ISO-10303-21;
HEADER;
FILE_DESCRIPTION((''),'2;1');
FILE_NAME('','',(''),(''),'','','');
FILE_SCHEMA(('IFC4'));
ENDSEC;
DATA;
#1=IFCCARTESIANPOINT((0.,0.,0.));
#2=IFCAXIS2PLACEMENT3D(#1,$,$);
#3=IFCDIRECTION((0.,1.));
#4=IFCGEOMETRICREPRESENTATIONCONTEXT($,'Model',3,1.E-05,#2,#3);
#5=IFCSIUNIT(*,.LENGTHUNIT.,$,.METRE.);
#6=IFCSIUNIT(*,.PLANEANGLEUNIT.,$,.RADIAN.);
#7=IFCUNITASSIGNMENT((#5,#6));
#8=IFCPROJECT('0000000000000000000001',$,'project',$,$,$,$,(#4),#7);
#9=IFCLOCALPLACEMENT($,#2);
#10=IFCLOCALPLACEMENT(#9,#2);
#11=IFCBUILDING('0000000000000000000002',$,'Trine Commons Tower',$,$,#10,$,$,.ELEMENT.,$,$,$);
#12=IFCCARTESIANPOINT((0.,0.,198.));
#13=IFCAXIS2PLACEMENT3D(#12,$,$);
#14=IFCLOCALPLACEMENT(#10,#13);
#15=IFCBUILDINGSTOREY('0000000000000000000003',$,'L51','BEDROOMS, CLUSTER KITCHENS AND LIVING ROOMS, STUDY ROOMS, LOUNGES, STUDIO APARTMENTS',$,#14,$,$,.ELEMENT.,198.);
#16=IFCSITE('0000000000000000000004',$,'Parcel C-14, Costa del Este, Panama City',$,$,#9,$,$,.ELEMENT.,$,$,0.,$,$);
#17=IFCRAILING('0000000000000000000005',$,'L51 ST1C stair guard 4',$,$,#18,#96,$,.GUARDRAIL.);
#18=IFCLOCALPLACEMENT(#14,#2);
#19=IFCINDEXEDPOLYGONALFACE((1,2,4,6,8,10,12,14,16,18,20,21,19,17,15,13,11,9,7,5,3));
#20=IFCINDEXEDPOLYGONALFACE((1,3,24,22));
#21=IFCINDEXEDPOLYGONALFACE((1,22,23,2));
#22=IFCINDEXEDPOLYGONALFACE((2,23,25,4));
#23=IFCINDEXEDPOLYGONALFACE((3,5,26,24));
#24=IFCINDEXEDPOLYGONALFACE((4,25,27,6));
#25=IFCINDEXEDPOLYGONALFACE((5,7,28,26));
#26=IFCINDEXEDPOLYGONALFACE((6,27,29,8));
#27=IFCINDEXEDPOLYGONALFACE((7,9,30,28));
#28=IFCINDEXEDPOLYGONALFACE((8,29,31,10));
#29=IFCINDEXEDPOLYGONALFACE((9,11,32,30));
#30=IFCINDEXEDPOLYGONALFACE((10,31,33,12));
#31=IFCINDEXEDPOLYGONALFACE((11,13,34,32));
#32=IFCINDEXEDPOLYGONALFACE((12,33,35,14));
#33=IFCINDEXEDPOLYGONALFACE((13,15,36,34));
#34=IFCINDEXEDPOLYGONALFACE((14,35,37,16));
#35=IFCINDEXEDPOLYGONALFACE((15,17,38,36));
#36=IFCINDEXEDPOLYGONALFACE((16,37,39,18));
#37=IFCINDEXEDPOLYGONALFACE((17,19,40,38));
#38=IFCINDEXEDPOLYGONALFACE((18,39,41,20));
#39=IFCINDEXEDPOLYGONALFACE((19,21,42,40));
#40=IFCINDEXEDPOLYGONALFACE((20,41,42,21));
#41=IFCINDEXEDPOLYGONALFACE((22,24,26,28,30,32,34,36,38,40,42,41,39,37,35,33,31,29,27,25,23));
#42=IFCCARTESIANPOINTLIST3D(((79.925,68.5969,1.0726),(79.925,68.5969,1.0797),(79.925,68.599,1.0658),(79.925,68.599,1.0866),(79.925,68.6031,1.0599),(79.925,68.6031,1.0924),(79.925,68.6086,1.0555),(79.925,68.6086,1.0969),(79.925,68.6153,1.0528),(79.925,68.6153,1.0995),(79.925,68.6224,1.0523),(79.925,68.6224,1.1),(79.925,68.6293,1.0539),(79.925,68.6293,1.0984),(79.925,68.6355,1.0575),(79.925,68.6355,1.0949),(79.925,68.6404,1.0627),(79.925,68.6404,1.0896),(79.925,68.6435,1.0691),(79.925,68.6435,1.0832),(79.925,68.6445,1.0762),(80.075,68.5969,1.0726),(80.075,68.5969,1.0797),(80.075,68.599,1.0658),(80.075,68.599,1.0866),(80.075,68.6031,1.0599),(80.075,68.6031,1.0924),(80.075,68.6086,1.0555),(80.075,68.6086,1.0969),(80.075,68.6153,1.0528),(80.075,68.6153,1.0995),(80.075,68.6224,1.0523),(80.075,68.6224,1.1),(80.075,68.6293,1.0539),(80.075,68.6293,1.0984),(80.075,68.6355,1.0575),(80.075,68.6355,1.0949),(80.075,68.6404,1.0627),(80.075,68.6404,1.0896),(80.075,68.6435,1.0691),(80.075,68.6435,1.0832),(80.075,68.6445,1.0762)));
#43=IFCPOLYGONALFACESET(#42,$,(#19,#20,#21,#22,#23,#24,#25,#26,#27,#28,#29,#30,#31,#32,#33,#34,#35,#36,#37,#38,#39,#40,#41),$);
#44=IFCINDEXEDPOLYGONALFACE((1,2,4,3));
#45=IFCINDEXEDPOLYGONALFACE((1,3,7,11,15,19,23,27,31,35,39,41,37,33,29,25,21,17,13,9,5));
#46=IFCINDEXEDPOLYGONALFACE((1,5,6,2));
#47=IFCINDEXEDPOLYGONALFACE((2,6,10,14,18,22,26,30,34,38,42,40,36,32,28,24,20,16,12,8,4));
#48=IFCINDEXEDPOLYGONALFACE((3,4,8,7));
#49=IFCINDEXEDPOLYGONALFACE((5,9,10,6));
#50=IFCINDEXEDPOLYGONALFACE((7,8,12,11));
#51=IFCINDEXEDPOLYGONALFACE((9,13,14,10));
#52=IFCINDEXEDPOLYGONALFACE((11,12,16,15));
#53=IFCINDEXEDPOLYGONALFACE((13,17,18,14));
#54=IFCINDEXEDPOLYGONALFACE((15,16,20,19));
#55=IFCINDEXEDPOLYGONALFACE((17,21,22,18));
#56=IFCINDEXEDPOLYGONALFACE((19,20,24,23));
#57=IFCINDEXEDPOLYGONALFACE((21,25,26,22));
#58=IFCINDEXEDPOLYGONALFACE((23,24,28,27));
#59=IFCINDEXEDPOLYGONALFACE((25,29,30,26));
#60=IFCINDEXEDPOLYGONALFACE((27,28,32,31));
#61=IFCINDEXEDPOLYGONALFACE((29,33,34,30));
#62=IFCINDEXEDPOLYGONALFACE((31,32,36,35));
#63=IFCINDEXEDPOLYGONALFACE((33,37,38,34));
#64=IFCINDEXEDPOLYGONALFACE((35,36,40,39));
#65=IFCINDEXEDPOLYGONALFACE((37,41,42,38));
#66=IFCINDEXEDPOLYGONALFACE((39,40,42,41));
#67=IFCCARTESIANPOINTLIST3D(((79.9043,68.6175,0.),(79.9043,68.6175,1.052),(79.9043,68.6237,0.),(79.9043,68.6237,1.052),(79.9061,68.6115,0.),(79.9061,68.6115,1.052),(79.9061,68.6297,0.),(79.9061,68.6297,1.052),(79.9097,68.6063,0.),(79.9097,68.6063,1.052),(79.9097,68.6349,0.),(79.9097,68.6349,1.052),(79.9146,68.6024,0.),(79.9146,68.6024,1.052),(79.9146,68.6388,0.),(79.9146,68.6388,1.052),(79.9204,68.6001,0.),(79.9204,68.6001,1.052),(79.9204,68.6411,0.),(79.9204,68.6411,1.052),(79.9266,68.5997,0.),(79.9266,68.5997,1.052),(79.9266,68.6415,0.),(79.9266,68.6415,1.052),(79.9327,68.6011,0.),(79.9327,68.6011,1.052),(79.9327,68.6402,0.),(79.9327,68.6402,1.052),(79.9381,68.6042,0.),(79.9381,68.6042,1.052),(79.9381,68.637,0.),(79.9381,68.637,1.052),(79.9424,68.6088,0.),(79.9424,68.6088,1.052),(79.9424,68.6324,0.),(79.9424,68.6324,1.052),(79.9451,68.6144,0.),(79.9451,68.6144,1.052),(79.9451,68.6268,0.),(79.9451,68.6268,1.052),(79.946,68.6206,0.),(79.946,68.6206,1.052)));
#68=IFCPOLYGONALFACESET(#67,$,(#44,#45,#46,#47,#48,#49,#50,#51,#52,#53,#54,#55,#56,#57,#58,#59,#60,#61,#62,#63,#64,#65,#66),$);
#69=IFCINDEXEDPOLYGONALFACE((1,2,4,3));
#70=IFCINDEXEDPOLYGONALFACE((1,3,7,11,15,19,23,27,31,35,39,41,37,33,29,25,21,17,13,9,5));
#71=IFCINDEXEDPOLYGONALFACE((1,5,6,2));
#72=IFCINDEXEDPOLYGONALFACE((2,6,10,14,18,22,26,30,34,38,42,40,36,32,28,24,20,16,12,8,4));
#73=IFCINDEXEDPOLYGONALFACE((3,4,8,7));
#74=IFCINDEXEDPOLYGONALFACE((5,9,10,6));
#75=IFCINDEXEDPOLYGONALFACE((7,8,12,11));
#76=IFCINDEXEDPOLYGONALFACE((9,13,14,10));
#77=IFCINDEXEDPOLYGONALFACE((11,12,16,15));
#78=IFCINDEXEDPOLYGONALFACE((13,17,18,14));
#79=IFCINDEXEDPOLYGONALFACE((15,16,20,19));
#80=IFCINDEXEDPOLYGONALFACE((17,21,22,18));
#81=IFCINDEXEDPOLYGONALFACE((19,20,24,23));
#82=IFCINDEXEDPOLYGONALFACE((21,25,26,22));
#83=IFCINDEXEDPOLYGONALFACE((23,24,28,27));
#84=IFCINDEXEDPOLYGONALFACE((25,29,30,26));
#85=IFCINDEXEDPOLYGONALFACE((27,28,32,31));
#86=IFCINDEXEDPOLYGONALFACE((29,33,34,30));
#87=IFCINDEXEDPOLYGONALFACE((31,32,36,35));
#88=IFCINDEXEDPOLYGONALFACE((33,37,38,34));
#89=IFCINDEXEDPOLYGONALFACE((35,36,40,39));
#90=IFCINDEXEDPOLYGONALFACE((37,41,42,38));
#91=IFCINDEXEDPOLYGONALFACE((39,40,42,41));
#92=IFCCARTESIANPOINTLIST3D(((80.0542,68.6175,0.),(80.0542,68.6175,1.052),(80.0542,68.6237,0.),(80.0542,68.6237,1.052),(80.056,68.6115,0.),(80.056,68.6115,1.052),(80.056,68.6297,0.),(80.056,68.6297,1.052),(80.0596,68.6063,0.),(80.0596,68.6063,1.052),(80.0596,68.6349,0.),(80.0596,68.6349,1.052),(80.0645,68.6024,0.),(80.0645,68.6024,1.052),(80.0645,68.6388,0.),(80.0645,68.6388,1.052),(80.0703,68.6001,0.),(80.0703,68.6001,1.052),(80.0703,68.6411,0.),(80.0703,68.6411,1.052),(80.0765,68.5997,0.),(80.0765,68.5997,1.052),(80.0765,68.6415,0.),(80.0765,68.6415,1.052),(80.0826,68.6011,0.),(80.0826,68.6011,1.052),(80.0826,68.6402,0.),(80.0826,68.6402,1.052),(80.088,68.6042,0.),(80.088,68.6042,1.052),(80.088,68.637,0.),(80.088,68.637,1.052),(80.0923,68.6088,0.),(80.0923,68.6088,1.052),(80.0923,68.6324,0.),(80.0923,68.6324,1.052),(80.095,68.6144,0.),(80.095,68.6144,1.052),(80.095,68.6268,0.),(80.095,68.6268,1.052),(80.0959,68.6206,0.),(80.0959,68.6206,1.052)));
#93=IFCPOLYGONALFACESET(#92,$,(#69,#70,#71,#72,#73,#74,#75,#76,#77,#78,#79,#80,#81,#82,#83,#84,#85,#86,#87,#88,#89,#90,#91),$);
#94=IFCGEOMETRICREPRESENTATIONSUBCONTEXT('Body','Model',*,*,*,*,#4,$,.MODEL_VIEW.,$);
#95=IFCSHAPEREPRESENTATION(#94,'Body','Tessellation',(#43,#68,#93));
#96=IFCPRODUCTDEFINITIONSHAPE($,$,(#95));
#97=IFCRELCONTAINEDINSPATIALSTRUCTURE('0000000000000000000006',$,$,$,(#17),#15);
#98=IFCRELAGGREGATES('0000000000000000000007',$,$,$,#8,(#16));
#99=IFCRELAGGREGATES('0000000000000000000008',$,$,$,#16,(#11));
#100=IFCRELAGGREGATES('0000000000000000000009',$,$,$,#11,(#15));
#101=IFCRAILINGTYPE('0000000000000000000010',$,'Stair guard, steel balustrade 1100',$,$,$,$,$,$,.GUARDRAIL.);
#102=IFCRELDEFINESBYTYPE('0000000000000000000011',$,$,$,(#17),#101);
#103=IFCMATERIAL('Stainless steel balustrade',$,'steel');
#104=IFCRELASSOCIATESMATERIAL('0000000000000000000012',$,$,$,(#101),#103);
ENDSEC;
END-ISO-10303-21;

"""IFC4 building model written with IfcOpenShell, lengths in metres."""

from ifc_helpers import new_model, si_unit, direction, frame, origin, origin_2d, place, context, subcontext, project, spatial, circle, extrude, material, type_object, element, save


model = new_model("IFC4")

# Units and contexts
model_context = context("Model", 3, precision=1e-05, world=origin(), true_north=direction((0.0, 1.0)))
body_context = subcontext(model_context, "Body", "Model", "MODEL_VIEW")
ifc_project = project(units=[si_unit("LENGTHUNIT", "METRE"), si_unit("PLANEANGLEUNIT", "RADIAN")], contexts=[model_context])

# Site, building, storey
site_placement = place(None, origin())
site = spatial("IfcSite", under=ifc_project, at=site_placement, Name="Parcel C-14, Costa del Este, Panama City", CompositionType="ELEMENT", RefElevation=0.0)
building_placement = place(site_placement, origin())
building = spatial("IfcBuilding", under=site, at=building_placement, Name="Trine Commons Tower", CompositionType="ELEMENT")
storey_placement = place(building_placement, frame((0.0, 0.0, 198.0)))
storey = spatial("IfcBuildingStorey", under=building, at=storey_placement, Name="L51", Description="BEDROOMS, CLUSTER KITCHENS AND LIVING ROOMS, STUDY ROOMS, LOUNGES, STUDIO APARTMENTS", CompositionType="ELEMENT", Elevation=198.0)

# Railing
ifc_material_1 = material(Name="Stainless steel balustrade", Category="steel")
railing_type_1 = type_object("IfcRailingType", Name="Stair guard, steel balustrade 1100", PredefinedType="GUARDRAIL", material=ifc_material_1)
railing_1_placement = place(storey_placement, frame((79.925, 68.6206, 0.0)))
element("IfcRailing", 1, at=railing_1_placement, inside=storey, type_object=railing_type_1, Name="L51 ST1C stair guard 4", PredefinedType="GUARDRAIL", context=body_context, shape_type="SweptSolid", body=[
    extrude(circle(Radius=0.0239, at=origin_2d()), frame((0.0, 0.0, 1.0762), z_axis=(1.0, 0.0, 0.0), x_axis=(0.0, 1.0, 0.0)), (0.0, 0.0, 1.0), 0.1499),
    extrude(circle(Radius=0.021, at=origin_2d()), origin(), (0.0, 0.0, 1.0), 1.052),
    extrude(circle(Radius=0.021, at=origin_2d()), frame((0.1499, 0.0, 0.0)), (0.0, 0.0, 1.0), 1.052),
])

save(model, "model.ifc")
